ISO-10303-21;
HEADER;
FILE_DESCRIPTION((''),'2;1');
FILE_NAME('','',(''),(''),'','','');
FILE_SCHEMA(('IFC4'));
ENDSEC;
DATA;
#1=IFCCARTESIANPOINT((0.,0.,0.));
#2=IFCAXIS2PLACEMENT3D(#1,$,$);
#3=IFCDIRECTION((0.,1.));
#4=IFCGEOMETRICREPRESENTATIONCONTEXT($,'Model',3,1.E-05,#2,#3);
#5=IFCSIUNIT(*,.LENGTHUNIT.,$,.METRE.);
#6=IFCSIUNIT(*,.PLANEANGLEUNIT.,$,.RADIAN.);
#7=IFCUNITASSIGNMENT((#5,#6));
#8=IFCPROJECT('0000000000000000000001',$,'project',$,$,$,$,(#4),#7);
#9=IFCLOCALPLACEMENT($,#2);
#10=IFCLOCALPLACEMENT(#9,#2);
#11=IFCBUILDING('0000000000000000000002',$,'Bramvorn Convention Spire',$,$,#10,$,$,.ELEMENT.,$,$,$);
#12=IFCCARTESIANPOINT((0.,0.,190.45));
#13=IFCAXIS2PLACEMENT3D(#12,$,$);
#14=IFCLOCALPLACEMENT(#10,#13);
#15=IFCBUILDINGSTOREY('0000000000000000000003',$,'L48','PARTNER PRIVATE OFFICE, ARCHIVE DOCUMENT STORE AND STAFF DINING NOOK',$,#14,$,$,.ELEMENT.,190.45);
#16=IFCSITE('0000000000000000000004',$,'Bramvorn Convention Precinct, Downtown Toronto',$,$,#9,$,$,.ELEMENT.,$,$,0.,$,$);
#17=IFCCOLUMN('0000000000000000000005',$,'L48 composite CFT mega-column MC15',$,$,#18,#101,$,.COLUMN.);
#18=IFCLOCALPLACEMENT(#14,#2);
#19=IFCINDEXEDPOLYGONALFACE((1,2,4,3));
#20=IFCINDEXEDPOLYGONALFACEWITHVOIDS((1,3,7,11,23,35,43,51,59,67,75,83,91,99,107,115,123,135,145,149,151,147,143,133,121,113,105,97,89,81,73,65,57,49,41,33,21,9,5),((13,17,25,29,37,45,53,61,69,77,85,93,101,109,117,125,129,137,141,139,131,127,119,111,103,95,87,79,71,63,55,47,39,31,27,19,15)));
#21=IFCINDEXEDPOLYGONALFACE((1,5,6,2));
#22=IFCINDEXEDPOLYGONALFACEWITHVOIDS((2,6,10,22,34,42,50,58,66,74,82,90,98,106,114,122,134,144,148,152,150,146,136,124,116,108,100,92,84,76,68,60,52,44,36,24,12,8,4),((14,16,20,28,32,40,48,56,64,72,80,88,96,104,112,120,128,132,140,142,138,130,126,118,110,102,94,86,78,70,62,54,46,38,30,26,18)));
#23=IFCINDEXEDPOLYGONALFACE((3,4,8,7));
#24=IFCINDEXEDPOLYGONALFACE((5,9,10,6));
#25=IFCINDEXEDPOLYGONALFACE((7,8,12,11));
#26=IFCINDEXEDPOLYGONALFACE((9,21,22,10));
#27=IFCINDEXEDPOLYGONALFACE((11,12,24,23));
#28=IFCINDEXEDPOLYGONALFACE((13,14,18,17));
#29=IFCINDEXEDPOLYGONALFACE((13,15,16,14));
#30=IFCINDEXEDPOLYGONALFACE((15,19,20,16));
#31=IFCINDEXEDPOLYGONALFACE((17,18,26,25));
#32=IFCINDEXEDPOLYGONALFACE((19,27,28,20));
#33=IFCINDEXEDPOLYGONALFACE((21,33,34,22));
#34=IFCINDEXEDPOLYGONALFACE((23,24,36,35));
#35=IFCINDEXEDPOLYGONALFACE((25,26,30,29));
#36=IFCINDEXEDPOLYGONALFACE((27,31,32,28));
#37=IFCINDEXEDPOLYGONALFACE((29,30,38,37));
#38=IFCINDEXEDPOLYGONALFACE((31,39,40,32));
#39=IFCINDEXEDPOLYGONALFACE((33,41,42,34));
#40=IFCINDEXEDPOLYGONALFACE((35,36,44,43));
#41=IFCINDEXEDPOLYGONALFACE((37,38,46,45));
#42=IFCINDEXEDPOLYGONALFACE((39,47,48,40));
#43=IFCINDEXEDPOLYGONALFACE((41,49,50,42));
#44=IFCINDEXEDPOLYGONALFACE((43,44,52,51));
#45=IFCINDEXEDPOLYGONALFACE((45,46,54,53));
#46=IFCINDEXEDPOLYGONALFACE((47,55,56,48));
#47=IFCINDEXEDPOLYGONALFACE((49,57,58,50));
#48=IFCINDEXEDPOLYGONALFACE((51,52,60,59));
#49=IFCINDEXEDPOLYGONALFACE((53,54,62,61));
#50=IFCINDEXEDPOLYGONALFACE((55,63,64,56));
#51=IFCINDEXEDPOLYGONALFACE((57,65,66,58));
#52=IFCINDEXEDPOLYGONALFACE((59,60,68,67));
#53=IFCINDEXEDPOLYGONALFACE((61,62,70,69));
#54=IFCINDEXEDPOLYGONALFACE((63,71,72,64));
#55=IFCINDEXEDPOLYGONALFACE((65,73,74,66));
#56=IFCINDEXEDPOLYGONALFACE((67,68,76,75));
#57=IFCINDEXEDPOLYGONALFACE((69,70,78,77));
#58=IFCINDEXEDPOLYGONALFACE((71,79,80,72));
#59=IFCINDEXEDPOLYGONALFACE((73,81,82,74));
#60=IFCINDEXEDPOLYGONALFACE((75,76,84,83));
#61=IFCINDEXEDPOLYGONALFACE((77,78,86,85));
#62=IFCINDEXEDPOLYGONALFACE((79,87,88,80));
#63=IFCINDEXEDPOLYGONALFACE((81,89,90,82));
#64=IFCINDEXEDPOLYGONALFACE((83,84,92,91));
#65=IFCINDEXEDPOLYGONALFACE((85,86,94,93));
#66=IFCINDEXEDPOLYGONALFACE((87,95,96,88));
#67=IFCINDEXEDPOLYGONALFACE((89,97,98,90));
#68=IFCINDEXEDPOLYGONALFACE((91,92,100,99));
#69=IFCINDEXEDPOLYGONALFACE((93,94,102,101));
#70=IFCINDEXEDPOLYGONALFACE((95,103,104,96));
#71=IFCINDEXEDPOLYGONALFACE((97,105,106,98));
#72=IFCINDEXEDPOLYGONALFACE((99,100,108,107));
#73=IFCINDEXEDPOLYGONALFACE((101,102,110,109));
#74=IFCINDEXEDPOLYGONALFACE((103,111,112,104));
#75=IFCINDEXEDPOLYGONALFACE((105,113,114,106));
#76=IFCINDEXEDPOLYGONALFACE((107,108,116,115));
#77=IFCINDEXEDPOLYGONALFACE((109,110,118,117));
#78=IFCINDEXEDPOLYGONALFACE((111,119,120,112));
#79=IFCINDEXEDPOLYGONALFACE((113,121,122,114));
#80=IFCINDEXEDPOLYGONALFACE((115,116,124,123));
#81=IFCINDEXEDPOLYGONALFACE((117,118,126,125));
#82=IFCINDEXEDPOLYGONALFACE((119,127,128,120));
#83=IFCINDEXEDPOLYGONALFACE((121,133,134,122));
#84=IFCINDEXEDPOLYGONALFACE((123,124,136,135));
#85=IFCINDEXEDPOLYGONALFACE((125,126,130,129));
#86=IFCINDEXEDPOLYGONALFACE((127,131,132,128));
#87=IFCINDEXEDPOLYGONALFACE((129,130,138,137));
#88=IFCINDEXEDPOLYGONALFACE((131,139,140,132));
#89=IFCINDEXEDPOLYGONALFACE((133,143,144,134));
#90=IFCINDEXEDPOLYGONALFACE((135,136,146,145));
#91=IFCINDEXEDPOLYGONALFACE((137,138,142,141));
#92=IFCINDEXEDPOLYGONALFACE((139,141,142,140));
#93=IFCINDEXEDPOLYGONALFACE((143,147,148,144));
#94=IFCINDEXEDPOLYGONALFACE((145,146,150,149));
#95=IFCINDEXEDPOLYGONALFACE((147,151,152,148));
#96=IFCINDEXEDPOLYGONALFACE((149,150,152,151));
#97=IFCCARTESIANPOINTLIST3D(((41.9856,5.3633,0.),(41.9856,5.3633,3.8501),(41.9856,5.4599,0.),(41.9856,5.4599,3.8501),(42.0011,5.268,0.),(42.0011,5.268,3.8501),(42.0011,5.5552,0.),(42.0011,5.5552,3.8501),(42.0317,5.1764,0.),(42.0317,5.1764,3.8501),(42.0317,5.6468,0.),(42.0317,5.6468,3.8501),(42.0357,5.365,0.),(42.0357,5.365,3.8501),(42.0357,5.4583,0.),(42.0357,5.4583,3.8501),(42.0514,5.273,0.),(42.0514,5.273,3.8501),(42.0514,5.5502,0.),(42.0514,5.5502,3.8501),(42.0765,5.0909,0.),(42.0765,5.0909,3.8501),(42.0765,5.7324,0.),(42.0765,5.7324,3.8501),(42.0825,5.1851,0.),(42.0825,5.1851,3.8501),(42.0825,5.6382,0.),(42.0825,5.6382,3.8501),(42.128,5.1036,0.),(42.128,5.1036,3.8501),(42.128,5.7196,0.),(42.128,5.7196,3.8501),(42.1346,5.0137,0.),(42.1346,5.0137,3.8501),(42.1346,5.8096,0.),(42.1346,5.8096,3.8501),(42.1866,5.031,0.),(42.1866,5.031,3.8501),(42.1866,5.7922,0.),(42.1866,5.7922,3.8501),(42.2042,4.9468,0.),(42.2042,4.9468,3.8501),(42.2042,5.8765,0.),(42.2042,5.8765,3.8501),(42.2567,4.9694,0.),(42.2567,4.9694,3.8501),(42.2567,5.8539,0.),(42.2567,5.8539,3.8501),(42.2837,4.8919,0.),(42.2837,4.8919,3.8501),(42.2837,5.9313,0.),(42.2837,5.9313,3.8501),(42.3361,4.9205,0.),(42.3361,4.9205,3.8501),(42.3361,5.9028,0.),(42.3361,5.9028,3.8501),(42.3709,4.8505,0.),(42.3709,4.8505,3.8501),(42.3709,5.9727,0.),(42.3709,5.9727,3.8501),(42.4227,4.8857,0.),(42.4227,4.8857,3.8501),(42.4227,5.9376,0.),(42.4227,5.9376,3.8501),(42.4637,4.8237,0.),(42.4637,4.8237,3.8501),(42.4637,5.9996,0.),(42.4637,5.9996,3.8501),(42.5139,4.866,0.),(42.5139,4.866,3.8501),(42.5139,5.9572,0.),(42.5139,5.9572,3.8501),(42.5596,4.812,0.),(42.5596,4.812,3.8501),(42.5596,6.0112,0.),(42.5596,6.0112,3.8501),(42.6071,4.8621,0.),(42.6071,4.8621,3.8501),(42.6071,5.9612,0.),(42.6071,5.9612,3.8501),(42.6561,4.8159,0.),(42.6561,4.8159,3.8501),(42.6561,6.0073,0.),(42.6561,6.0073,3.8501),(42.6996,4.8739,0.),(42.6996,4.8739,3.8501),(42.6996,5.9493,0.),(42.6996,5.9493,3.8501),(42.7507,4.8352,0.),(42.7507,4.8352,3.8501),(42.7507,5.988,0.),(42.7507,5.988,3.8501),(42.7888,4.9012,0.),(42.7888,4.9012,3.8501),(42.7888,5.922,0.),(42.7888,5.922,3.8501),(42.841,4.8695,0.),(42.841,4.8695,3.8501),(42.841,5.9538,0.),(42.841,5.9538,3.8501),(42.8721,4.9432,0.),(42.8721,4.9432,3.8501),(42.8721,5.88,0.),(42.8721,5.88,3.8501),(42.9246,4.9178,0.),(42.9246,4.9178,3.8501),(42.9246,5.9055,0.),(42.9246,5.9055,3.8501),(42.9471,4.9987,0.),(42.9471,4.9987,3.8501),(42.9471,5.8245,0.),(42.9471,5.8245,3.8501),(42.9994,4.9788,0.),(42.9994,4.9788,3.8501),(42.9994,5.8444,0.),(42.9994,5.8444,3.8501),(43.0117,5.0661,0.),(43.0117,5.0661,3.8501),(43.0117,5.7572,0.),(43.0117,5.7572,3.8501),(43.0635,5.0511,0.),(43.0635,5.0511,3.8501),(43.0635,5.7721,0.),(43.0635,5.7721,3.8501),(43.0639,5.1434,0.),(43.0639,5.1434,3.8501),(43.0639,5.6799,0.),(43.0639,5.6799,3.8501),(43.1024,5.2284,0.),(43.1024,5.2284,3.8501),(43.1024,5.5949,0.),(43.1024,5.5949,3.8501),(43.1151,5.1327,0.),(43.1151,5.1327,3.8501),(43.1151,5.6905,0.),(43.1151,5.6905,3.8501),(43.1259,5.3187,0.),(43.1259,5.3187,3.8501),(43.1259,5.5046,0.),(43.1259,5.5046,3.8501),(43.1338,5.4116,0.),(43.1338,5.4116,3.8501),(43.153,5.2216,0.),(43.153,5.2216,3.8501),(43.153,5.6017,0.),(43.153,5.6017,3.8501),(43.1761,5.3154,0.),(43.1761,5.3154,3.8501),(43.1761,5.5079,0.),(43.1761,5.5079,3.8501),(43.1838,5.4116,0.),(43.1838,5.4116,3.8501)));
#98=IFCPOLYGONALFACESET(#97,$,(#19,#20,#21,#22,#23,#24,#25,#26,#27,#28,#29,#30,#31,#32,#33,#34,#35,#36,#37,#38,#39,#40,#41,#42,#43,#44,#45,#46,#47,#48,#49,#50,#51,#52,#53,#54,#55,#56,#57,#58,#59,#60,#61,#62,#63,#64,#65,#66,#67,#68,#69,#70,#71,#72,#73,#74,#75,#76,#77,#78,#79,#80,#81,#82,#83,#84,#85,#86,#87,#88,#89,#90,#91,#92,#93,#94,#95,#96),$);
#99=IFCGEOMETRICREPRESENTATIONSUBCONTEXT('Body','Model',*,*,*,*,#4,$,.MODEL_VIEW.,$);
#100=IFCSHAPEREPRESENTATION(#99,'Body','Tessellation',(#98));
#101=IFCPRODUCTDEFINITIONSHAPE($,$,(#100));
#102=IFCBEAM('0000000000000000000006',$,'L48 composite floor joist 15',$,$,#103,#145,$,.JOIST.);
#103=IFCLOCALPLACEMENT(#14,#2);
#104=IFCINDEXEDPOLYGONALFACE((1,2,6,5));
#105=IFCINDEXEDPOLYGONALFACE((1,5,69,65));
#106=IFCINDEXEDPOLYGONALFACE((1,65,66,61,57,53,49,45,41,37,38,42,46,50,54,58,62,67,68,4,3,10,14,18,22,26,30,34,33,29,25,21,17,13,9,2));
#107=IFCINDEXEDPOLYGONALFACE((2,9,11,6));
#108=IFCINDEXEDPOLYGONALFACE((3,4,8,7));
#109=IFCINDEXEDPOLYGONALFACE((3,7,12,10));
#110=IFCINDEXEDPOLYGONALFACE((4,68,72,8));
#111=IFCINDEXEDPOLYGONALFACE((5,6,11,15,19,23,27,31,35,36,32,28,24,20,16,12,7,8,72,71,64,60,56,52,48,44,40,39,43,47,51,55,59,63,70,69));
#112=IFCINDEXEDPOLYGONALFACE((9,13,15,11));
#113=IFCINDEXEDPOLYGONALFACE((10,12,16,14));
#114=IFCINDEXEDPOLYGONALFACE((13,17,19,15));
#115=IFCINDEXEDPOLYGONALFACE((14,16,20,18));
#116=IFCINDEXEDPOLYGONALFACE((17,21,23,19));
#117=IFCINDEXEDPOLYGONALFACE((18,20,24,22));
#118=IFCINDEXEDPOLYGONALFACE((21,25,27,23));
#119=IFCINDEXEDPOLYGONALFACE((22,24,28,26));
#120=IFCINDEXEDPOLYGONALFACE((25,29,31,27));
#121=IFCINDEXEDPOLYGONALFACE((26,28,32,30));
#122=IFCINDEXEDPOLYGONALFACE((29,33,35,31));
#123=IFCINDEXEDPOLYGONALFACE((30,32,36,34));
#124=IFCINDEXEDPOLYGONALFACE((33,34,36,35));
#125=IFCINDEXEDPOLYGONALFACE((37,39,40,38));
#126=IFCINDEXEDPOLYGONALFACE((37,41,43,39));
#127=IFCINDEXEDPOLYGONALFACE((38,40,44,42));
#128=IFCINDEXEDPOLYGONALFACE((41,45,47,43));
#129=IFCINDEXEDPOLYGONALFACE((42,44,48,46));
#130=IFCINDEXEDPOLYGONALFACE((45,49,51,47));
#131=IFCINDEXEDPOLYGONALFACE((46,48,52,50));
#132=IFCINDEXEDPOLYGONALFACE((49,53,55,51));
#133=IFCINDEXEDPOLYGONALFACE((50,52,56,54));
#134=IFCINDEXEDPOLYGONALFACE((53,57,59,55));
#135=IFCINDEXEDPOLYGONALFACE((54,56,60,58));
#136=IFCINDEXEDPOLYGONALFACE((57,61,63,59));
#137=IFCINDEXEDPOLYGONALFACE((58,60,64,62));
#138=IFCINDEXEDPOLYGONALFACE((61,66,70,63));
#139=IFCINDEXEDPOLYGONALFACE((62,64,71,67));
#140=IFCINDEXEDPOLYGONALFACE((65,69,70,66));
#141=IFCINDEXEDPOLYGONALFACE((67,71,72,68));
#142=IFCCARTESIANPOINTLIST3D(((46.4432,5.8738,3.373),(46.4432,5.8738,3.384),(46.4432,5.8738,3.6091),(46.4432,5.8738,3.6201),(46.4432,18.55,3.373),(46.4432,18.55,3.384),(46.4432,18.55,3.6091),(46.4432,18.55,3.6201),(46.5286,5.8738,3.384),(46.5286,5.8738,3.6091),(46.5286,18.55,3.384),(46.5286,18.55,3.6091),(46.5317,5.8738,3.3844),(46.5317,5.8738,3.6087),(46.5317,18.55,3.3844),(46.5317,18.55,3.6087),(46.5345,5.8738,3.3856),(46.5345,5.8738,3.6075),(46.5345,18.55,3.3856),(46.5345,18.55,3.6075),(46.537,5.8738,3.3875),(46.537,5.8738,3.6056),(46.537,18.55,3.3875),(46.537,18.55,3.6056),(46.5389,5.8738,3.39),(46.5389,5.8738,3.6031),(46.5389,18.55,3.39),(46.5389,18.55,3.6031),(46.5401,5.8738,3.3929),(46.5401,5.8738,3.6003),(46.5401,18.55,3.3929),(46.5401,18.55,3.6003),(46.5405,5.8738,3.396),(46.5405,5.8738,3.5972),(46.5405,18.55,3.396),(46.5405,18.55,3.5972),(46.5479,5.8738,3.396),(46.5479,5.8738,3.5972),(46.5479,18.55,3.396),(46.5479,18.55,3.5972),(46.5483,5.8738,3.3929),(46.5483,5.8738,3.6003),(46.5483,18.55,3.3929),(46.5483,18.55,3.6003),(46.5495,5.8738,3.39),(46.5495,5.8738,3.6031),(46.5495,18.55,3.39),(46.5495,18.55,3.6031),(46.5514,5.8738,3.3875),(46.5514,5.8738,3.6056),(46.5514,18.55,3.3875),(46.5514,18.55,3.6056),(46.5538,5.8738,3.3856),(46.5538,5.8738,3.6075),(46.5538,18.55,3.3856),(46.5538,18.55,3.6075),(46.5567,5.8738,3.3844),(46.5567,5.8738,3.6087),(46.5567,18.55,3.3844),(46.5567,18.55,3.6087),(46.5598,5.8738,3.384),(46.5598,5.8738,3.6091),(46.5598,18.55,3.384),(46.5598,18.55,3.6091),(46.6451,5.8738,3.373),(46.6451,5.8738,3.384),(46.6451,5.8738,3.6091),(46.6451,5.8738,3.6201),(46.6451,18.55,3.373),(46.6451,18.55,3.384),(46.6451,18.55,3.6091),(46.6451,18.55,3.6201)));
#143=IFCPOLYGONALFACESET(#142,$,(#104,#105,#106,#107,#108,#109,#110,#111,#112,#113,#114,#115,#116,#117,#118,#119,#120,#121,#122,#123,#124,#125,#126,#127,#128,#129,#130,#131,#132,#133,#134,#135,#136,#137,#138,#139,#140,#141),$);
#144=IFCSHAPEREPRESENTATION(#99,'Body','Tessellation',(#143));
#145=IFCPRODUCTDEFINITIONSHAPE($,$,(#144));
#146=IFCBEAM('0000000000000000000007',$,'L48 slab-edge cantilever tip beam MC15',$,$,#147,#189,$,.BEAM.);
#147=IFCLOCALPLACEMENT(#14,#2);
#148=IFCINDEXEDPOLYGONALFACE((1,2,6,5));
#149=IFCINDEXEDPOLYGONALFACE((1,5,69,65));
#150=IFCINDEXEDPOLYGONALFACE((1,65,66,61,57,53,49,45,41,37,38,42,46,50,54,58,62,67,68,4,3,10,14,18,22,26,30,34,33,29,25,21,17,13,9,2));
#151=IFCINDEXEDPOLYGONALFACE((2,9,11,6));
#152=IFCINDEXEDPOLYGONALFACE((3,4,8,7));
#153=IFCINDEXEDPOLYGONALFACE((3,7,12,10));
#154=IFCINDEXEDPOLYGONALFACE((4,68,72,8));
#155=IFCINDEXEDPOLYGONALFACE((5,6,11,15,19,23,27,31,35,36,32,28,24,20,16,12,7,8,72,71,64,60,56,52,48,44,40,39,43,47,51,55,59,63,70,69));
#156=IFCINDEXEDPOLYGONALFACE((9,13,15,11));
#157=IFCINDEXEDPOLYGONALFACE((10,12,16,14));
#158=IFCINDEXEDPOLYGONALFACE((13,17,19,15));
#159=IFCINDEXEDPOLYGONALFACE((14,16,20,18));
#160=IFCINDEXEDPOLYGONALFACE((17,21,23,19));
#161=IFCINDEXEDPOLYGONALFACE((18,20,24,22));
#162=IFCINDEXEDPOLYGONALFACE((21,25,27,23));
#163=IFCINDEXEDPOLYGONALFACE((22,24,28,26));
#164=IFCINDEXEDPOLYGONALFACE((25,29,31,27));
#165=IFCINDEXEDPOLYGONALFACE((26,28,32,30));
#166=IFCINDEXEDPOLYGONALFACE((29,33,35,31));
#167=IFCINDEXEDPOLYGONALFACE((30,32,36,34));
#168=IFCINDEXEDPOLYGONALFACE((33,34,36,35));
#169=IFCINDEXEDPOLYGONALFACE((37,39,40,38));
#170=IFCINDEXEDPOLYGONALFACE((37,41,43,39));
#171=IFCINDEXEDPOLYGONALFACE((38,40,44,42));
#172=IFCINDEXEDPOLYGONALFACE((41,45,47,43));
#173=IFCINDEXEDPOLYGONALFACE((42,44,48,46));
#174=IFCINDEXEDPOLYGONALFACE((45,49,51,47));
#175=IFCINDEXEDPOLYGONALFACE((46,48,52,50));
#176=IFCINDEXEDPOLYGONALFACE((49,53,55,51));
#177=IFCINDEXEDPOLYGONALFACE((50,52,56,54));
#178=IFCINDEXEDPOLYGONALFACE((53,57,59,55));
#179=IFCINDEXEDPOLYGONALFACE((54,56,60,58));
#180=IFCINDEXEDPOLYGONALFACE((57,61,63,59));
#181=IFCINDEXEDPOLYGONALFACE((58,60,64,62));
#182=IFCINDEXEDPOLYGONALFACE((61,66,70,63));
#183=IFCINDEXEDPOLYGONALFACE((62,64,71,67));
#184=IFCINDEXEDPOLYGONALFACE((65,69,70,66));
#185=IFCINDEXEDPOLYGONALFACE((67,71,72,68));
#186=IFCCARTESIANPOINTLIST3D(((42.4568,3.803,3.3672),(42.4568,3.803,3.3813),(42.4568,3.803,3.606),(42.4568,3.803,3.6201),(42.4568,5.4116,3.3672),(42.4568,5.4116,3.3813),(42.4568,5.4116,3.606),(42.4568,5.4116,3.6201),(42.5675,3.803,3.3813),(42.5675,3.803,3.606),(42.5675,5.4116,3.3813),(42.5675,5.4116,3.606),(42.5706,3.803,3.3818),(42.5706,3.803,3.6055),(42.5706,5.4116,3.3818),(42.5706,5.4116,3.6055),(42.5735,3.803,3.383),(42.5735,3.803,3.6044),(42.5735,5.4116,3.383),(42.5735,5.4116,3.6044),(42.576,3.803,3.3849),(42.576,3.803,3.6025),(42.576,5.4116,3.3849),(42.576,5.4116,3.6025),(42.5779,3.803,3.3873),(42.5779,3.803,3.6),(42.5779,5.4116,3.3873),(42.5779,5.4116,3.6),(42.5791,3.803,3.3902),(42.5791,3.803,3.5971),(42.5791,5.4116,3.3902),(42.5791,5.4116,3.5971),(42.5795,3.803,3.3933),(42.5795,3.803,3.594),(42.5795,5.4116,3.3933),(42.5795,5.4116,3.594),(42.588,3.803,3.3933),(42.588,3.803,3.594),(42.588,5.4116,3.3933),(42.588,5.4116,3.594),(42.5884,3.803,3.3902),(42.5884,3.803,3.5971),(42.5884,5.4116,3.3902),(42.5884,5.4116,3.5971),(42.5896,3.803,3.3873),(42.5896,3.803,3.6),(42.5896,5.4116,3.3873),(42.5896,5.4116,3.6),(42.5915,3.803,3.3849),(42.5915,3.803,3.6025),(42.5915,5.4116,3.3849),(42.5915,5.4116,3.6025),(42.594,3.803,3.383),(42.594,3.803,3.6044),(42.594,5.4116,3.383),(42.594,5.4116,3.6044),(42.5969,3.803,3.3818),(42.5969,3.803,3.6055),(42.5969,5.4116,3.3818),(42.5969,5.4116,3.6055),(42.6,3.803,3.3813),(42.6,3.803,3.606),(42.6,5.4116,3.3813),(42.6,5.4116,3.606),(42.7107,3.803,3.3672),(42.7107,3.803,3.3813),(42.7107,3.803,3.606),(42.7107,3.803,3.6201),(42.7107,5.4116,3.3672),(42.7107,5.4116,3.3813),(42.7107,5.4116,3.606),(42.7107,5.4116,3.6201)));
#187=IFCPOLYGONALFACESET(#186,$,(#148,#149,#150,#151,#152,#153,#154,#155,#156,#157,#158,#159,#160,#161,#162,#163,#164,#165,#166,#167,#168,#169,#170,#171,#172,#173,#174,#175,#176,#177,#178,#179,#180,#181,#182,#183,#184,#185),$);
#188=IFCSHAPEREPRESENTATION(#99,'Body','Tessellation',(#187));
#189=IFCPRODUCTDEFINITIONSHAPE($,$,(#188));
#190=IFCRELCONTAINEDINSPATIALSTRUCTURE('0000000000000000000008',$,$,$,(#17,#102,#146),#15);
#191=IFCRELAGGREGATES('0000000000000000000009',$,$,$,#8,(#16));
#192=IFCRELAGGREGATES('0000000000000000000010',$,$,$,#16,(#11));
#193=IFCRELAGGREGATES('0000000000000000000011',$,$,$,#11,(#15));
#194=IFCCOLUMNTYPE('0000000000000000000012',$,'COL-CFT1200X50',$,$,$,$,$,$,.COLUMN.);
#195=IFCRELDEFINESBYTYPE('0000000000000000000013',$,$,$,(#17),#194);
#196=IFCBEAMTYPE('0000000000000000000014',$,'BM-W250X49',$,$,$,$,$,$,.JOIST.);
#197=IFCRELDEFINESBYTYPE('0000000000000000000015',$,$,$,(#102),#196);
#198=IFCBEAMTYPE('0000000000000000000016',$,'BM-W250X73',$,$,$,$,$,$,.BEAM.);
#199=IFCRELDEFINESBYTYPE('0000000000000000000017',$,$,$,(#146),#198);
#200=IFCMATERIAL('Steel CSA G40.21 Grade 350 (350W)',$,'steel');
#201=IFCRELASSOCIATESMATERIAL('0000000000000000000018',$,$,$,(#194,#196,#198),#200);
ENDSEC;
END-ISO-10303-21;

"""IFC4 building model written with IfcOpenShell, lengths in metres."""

from ifc_helpers import new_model, si_unit, direction, frame, origin, origin_2d, place, context, subcontext, project, spatial, hollow_circle, i_section, extrude, material, material_profile, profile_set, type_object, element, save


model = new_model("IFC4")

# Units and contexts
model_context = context("Model", 3, precision=1e-05, world=origin(), true_north=direction((0.0, 1.0)))
body_context = subcontext(model_context, "Body", "Model", "MODEL_VIEW")
ifc_project = project(units=[si_unit("LENGTHUNIT", "METRE"), si_unit("PLANEANGLEUNIT", "RADIAN")], contexts=[model_context])

# Site, building, storey
site_placement = place(None, origin())
site = spatial("IfcSite", under=ifc_project, at=site_placement, Name="Bramvorn Convention Precinct, Downtown Toronto", CompositionType="ELEMENT", RefElevation=0.0)
building_placement = place(site_placement, origin())
building = spatial("IfcBuilding", under=site, at=building_placement, Name="Bramvorn Convention Spire", CompositionType="ELEMENT")
storey_placement = place(building_placement, frame((0.0, 0.0, 190.45)))
storey = spatial("IfcBuildingStorey", under=building, at=storey_placement, Name="L48", Description="PARTNER PRIVATE OFFICE, ARCHIVE DOCUMENT STORE AND STAFF DINING NOOK", CompositionType="ELEMENT", Elevation=190.45)

# Column
ifc_material_1 = material(Name="Steel CSA G40.21 Grade 350 (350W)", Category="steel")
ifc_material_profile_1 = material_profile(ifc_material_1, hollow_circle(Radius=0.6001, WallThickness=0.05, at=origin_2d()))
ifc_profile_set_1 = profile_set([ifc_material_profile_1], Name="Steel CSA G40.21 Grade 350 (350W) - CFT1200X50")
column_type = type_object("IfcColumnType", Name="COL-CFT1200X50", PredefinedType="COLUMN", material=ifc_profile_set_1)
column_placement = place(storey_placement, frame((42.5837, 5.4116, 0.0), z_axis=(0.0, 0.0, 1.0), x_axis=(1.0, 0.0, 0.0)))
element("IfcColumn", 1, at=column_placement, inside=storey, type_object=column_type, Name="L48 composite CFT mega-column MC15", PredefinedType="COLUMN", context=body_context, shape_type="SweptSolid", body=[
    extrude(hollow_circle(Radius=0.6001, WallThickness=0.05, at=origin_2d()), origin(), (0.0, 0.0, 1.0), 3.8501),
])

# Beams
ifc_material_profile_2 = material_profile(ifc_material_1, i_section(OverallWidth=0.2019, OverallDepth=0.2471, WebThickness=0.0073, FlangeThickness=0.011, FilletRadius=0.012, at=origin_2d()))
ifc_profile_set_2 = profile_set([ifc_material_profile_2], Name="Steel CSA G40.21 Grade 350 (350W) - W250X49")
beam_type_1 = type_object("IfcBeamType", Name="BM-W250X49", PredefinedType="JOIST", material=ifc_profile_set_2)
beam_1_placement = place(storey_placement, frame((46.5442, 18.55, 3.4966), z_axis=(0.0, -1.0, 0.0), x_axis=(1.0, 0.0, 0.0)))
element("IfcBeam", 2, at=beam_1_placement, inside=storey, type_object=beam_type_1, Name="L48 composite floor joist 15", PredefinedType="JOIST", context=body_context, shape_type="SweptSolid", body=[
    extrude(i_section(OverallWidth=0.2019, OverallDepth=0.2471, WebThickness=0.0073, FlangeThickness=0.011, FilletRadius=0.012, at=origin_2d()), origin(), (0.0, 0.0, 1.0), 12.6763),
])
ifc_material_profile_3 = material_profile(ifc_material_1, i_section(OverallWidth=0.2539, OverallDepth=0.2529, WebThickness=0.0085, FlangeThickness=0.0142, FilletRadius=0.012, at=origin_2d()))
ifc_profile_set_3 = profile_set([ifc_material_profile_3], Name="Steel CSA G40.21 Grade 350 (350W) - W250X73")
beam_type_2 = type_object("IfcBeamType", Name="BM-W250X73", PredefinedType="BEAM", material=ifc_profile_set_3)
beam_2_placement = place(storey_placement, frame((42.5837, 5.4116, 3.4937), z_axis=(0.0, -1.0, 0.0), x_axis=(1.0, 0.0, 0.0)))
element("IfcBeam", 3, at=beam_2_placement, inside=storey, type_object=beam_type_2, Name="L48 slab-edge cantilever tip beam MC15", PredefinedType="BEAM", context=body_context, shape_type="SweptSolid", body=[
    extrude(i_section(OverallWidth=0.2539, OverallDepth=0.2529, WebThickness=0.0085, FlangeThickness=0.0142, FilletRadius=0.012, at=origin_2d()), origin(), (0.0, 0.0, 1.0), 1.6086),
])

save(model, "model.ifc")
